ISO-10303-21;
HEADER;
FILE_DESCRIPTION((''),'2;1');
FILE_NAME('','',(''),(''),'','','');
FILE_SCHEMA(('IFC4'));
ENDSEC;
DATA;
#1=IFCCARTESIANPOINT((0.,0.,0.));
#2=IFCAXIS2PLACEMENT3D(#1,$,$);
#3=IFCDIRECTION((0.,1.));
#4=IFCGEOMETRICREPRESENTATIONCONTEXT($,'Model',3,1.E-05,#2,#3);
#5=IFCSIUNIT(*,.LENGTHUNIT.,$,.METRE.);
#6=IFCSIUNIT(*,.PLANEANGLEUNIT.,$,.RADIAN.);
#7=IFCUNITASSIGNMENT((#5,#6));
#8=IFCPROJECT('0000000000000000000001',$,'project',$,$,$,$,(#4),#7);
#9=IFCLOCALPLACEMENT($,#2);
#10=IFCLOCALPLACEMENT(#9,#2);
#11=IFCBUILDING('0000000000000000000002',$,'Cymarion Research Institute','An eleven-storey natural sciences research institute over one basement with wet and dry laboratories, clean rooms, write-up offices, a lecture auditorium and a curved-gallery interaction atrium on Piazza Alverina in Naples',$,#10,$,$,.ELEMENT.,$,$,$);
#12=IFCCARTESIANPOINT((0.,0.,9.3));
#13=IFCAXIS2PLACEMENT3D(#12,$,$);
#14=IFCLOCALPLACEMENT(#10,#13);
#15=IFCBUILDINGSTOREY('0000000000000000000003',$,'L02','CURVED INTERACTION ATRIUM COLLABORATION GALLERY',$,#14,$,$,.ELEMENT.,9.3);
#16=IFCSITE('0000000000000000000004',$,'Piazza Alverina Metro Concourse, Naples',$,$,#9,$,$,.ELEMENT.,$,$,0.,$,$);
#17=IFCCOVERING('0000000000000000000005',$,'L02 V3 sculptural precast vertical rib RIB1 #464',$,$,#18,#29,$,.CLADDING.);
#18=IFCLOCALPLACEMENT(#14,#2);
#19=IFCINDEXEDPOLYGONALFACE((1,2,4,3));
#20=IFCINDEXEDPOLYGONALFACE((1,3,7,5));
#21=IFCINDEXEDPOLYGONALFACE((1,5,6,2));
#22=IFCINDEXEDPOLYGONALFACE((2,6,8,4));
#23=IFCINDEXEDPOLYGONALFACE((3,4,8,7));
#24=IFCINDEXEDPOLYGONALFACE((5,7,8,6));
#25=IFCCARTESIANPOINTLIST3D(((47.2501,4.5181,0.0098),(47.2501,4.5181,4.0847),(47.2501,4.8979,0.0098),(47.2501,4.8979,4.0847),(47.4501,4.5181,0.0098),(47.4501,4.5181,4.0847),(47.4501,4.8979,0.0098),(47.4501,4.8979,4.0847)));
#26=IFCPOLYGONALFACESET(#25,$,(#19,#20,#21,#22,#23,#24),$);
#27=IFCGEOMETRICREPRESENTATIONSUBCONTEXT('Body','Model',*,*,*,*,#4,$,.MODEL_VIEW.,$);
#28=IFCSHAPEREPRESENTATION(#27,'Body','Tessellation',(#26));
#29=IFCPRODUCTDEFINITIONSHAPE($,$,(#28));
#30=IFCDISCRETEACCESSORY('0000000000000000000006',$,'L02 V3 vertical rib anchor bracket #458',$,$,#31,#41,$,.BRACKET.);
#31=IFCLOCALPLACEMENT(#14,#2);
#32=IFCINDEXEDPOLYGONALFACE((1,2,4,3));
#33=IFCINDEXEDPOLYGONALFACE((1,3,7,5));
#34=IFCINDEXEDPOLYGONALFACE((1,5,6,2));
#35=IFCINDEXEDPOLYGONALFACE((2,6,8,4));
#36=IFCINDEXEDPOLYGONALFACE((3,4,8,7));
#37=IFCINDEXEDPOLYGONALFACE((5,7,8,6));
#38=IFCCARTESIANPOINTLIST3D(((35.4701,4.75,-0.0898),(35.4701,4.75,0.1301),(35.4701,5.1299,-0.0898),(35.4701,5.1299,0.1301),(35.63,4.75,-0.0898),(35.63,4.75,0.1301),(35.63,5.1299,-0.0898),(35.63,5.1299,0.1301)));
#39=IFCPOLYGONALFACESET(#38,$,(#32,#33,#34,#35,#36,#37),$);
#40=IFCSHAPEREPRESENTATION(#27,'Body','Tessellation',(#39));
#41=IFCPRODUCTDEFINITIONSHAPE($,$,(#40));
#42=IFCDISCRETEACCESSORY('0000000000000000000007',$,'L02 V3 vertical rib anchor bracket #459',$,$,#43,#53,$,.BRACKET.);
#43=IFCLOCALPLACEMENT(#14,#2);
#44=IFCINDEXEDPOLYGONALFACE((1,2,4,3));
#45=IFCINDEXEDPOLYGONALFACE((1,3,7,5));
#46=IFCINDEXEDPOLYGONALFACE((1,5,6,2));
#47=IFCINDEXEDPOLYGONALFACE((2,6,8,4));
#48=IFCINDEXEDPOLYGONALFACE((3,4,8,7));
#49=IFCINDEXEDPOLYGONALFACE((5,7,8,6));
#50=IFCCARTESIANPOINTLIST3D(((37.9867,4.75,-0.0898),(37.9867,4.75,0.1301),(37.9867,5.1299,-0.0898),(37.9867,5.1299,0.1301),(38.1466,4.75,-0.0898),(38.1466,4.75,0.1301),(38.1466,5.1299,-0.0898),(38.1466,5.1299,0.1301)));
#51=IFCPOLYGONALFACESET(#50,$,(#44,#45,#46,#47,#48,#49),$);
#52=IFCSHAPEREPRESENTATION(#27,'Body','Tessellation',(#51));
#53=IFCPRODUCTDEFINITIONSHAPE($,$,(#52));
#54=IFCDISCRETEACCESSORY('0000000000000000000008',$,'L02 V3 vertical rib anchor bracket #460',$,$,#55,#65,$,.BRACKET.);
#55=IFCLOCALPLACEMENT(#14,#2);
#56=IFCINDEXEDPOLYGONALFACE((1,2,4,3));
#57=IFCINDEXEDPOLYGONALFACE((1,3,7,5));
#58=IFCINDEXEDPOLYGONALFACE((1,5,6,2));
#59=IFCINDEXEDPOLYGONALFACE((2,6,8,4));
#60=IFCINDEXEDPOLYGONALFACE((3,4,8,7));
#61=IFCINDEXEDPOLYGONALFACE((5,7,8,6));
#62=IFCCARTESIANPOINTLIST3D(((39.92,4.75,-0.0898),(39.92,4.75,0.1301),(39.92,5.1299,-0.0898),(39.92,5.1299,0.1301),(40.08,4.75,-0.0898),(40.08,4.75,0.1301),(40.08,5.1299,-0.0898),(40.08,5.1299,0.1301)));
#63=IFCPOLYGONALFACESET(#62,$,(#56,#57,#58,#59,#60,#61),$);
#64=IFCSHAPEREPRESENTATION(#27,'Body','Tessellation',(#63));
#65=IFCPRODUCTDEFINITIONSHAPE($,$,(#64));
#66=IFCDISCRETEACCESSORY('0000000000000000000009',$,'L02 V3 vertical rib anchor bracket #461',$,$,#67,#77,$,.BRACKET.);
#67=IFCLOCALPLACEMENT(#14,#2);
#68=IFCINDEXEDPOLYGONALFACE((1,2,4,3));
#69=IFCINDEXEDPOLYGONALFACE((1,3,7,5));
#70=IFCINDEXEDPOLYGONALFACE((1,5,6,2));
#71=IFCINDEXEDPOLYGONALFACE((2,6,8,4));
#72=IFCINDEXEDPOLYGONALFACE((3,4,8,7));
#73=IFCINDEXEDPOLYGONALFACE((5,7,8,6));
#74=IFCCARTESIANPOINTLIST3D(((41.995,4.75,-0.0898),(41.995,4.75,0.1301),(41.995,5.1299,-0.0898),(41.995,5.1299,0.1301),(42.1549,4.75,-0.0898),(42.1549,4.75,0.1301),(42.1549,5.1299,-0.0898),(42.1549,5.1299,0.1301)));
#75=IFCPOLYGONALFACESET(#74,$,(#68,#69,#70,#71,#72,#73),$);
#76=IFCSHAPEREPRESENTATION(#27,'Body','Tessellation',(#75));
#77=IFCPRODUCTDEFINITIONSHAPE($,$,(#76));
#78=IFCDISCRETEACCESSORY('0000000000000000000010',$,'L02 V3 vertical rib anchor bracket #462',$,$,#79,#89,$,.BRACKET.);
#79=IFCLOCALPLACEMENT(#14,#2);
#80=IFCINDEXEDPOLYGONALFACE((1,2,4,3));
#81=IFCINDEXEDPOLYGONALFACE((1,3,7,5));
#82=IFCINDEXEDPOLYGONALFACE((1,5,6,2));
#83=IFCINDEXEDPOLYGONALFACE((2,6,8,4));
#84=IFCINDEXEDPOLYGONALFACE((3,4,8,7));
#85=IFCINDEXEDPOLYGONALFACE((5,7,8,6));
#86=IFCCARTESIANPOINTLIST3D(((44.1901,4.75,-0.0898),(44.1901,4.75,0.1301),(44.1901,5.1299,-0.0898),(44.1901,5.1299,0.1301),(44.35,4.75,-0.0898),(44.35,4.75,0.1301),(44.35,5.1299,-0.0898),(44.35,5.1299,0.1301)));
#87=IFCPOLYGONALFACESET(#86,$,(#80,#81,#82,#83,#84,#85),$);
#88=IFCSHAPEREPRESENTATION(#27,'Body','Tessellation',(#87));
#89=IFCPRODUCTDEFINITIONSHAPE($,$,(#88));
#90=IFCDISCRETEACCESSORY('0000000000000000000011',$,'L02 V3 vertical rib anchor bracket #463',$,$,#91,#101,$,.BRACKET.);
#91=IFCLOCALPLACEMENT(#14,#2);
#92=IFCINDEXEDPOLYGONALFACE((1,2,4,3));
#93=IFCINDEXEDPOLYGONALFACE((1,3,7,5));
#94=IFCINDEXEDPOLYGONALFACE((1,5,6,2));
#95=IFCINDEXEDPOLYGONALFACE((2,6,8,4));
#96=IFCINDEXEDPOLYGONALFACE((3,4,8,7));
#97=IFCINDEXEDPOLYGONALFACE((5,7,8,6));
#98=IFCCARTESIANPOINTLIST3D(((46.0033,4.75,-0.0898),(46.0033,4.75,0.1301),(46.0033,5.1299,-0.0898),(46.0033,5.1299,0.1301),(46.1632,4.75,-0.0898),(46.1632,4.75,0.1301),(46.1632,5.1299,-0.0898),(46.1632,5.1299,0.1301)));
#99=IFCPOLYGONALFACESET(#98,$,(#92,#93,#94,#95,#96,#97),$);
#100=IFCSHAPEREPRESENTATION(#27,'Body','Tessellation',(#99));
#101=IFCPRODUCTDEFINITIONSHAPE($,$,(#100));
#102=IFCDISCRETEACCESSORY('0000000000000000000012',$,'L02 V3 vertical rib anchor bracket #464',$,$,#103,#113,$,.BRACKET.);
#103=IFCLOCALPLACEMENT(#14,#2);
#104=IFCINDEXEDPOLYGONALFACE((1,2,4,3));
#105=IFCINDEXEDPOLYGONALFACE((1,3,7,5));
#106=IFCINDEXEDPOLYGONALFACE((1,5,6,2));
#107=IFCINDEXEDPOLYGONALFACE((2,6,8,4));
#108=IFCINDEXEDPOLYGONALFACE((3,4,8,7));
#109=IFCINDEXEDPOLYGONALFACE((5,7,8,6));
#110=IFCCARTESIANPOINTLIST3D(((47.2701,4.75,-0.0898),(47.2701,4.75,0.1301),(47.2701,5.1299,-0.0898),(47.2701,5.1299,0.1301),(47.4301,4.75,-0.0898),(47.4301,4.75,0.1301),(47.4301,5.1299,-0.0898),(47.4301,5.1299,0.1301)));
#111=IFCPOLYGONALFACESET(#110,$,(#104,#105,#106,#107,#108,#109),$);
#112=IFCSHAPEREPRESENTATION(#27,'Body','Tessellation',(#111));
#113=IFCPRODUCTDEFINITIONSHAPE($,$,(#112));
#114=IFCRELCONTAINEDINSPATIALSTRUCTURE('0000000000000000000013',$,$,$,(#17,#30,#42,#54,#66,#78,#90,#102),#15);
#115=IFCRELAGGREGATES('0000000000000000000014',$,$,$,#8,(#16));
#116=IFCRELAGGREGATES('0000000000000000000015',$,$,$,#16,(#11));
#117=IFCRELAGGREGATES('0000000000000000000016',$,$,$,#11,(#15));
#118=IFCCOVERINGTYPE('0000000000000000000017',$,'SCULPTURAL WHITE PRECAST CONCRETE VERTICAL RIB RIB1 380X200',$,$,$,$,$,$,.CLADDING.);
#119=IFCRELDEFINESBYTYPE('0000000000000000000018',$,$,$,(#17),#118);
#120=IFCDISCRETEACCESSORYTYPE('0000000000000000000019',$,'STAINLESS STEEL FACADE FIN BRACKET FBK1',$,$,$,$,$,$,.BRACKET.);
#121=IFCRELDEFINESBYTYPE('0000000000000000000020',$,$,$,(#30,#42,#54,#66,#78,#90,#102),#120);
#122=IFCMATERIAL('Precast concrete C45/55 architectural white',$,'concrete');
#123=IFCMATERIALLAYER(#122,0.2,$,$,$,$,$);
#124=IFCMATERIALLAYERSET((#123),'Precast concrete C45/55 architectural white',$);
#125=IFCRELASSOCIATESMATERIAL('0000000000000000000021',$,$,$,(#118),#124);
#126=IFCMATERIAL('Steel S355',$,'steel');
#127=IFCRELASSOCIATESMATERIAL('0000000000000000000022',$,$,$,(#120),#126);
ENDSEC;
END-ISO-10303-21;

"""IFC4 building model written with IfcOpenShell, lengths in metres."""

from ifc_helpers import new_model, si_unit, direction, frame, origin, origin_2d, place, context, subcontext, project, spatial, rectangle, extrude, material, layer, layer_set, type_object, element, save


model = new_model("IFC4")

# Units and contexts
model_context = context("Model", 3, precision=1e-05, world=origin(), true_north=direction((0.0, 1.0)))
body_context = subcontext(model_context, "Body", "Model", "MODEL_VIEW")
ifc_project = project(units=[si_unit("LENGTHUNIT", "METRE"), si_unit("PLANEANGLEUNIT", "RADIAN")], contexts=[model_context])

# Site, building, storey
site_placement = place(None, origin())
site = spatial("IfcSite", under=ifc_project, at=site_placement, Name="Piazza Alverina Metro Concourse, Naples", CompositionType="ELEMENT", RefElevation=0.0)
building_placement = place(site_placement, origin())
building = spatial("IfcBuilding", under=site, at=building_placement, Name="Cymarion Research Institute", Description="An eleven-storey natural sciences research institute over one basement with wet and dry laboratories, clean rooms, write-up offices, a lecture auditorium and a curved-gallery interaction atrium on Piazza Alverina in Naples", CompositionType="ELEMENT")
storey_placement = place(building_placement, frame((0.0, 0.0, 9.3)))
storey = spatial("IfcBuildingStorey", under=building, at=storey_placement, Name="L02", Description="CURVED INTERACTION ATRIUM COLLABORATION GALLERY", CompositionType="ELEMENT", Elevation=9.3)

# Shared definitions
ifc_material_1 = material(Name="Steel S355", Category="steel")

# Covering
ifc_material_2 = material(Name="Precast concrete C45/55 architectural white", Category="concrete")
ifc_layer = layer(ifc_material_2, 0.2)
ifc_layer_set = layer_set([ifc_layer], Name="Precast concrete C45/55 architectural white")
covering_type = type_object("IfcCoveringType", Name="SCULPTURAL WHITE PRECAST CONCRETE VERTICAL RIB RIB1 380X200", PredefinedType="CLADDING", material=ifc_layer_set)
for number, where, z_axis, x_axis, name in (
    (1, (47.3501, 4.708, 0.0098), (0.0, 0.0, 1.0), (0.0, -1.0, 0.0), "L02 V3 sculptural precast vertical rib RIB1 #464"),
):
    element("IfcCovering", number, at=place(storey_placement, frame(where, z_axis=z_axis, x_axis=x_axis)), inside=storey, type_object=covering_type, Name=name, PredefinedType="CLADDING", context=body_context, shape_type="SweptSolid", body=[
        extrude(rectangle(XDim=0.3799, YDim=0.2, at=origin_2d()), origin(), (0.0, 0.0, 1.0), 4.075),
    ])

# Discrete accessories
discrete_accessory_type = type_object("IfcDiscreteAccessoryType", Name="STAINLESS STEEL FACADE FIN BRACKET FBK1", PredefinedType="BRACKET", material=ifc_material_1)
for number, where, z_axis, x_axis, name in (
    (2, (35.55, 4.9399, -0.0898), (0.0, 0.0, 1.0), (0.0, -1.0, 0.0), "L02 V3 vertical rib anchor bracket #458"),
    (3, (38.0667, 4.9399, -0.0898), (0.0, 0.0, 1.0), (0.0, -1.0, 0.0), "L02 V3 vertical rib anchor bracket #459"),
    (4, (40.0, 4.9399, -0.0898), (0.0, 0.0, 1.0), (0.0, -1.0, 0.0), "L02 V3 vertical rib anchor bracket #460"),
    (5, (42.075, 4.9399, -0.0898), (0.0, 0.0, 1.0), (0.0, -1.0, 0.0), "L02 V3 vertical rib anchor bracket #461"),
    (6, (44.27, 4.9399, -0.0898), (0.0, 0.0, 1.0), (0.0, -1.0, 0.0), "L02 V3 vertical rib anchor bracket #462"),
    (7, (46.0833, 4.9399, -0.0898), (0.0, 0.0, 1.0), (0.0, -1.0, 0.0), "L02 V3 vertical rib anchor bracket #463"),
    (8, (47.3501, 4.9399, -0.0898), (0.0, 0.0, 1.0), (0.0, -1.0, 0.0), "L02 V3 vertical rib anchor bracket #464"),
):
    element("IfcDiscreteAccessory", number, at=place(storey_placement, frame(where, z_axis=z_axis, x_axis=x_axis)), inside=storey, type_object=discrete_accessory_type, Name=name, PredefinedType="BRACKET", context=body_context, shape_type="SweptSolid", body=[
        extrude(rectangle(XDim=0.3799, YDim=0.1599, at=origin_2d()), origin(), (0.0, 0.0, 1.0), 0.22),
    ])

save(model, "model.ifc")
